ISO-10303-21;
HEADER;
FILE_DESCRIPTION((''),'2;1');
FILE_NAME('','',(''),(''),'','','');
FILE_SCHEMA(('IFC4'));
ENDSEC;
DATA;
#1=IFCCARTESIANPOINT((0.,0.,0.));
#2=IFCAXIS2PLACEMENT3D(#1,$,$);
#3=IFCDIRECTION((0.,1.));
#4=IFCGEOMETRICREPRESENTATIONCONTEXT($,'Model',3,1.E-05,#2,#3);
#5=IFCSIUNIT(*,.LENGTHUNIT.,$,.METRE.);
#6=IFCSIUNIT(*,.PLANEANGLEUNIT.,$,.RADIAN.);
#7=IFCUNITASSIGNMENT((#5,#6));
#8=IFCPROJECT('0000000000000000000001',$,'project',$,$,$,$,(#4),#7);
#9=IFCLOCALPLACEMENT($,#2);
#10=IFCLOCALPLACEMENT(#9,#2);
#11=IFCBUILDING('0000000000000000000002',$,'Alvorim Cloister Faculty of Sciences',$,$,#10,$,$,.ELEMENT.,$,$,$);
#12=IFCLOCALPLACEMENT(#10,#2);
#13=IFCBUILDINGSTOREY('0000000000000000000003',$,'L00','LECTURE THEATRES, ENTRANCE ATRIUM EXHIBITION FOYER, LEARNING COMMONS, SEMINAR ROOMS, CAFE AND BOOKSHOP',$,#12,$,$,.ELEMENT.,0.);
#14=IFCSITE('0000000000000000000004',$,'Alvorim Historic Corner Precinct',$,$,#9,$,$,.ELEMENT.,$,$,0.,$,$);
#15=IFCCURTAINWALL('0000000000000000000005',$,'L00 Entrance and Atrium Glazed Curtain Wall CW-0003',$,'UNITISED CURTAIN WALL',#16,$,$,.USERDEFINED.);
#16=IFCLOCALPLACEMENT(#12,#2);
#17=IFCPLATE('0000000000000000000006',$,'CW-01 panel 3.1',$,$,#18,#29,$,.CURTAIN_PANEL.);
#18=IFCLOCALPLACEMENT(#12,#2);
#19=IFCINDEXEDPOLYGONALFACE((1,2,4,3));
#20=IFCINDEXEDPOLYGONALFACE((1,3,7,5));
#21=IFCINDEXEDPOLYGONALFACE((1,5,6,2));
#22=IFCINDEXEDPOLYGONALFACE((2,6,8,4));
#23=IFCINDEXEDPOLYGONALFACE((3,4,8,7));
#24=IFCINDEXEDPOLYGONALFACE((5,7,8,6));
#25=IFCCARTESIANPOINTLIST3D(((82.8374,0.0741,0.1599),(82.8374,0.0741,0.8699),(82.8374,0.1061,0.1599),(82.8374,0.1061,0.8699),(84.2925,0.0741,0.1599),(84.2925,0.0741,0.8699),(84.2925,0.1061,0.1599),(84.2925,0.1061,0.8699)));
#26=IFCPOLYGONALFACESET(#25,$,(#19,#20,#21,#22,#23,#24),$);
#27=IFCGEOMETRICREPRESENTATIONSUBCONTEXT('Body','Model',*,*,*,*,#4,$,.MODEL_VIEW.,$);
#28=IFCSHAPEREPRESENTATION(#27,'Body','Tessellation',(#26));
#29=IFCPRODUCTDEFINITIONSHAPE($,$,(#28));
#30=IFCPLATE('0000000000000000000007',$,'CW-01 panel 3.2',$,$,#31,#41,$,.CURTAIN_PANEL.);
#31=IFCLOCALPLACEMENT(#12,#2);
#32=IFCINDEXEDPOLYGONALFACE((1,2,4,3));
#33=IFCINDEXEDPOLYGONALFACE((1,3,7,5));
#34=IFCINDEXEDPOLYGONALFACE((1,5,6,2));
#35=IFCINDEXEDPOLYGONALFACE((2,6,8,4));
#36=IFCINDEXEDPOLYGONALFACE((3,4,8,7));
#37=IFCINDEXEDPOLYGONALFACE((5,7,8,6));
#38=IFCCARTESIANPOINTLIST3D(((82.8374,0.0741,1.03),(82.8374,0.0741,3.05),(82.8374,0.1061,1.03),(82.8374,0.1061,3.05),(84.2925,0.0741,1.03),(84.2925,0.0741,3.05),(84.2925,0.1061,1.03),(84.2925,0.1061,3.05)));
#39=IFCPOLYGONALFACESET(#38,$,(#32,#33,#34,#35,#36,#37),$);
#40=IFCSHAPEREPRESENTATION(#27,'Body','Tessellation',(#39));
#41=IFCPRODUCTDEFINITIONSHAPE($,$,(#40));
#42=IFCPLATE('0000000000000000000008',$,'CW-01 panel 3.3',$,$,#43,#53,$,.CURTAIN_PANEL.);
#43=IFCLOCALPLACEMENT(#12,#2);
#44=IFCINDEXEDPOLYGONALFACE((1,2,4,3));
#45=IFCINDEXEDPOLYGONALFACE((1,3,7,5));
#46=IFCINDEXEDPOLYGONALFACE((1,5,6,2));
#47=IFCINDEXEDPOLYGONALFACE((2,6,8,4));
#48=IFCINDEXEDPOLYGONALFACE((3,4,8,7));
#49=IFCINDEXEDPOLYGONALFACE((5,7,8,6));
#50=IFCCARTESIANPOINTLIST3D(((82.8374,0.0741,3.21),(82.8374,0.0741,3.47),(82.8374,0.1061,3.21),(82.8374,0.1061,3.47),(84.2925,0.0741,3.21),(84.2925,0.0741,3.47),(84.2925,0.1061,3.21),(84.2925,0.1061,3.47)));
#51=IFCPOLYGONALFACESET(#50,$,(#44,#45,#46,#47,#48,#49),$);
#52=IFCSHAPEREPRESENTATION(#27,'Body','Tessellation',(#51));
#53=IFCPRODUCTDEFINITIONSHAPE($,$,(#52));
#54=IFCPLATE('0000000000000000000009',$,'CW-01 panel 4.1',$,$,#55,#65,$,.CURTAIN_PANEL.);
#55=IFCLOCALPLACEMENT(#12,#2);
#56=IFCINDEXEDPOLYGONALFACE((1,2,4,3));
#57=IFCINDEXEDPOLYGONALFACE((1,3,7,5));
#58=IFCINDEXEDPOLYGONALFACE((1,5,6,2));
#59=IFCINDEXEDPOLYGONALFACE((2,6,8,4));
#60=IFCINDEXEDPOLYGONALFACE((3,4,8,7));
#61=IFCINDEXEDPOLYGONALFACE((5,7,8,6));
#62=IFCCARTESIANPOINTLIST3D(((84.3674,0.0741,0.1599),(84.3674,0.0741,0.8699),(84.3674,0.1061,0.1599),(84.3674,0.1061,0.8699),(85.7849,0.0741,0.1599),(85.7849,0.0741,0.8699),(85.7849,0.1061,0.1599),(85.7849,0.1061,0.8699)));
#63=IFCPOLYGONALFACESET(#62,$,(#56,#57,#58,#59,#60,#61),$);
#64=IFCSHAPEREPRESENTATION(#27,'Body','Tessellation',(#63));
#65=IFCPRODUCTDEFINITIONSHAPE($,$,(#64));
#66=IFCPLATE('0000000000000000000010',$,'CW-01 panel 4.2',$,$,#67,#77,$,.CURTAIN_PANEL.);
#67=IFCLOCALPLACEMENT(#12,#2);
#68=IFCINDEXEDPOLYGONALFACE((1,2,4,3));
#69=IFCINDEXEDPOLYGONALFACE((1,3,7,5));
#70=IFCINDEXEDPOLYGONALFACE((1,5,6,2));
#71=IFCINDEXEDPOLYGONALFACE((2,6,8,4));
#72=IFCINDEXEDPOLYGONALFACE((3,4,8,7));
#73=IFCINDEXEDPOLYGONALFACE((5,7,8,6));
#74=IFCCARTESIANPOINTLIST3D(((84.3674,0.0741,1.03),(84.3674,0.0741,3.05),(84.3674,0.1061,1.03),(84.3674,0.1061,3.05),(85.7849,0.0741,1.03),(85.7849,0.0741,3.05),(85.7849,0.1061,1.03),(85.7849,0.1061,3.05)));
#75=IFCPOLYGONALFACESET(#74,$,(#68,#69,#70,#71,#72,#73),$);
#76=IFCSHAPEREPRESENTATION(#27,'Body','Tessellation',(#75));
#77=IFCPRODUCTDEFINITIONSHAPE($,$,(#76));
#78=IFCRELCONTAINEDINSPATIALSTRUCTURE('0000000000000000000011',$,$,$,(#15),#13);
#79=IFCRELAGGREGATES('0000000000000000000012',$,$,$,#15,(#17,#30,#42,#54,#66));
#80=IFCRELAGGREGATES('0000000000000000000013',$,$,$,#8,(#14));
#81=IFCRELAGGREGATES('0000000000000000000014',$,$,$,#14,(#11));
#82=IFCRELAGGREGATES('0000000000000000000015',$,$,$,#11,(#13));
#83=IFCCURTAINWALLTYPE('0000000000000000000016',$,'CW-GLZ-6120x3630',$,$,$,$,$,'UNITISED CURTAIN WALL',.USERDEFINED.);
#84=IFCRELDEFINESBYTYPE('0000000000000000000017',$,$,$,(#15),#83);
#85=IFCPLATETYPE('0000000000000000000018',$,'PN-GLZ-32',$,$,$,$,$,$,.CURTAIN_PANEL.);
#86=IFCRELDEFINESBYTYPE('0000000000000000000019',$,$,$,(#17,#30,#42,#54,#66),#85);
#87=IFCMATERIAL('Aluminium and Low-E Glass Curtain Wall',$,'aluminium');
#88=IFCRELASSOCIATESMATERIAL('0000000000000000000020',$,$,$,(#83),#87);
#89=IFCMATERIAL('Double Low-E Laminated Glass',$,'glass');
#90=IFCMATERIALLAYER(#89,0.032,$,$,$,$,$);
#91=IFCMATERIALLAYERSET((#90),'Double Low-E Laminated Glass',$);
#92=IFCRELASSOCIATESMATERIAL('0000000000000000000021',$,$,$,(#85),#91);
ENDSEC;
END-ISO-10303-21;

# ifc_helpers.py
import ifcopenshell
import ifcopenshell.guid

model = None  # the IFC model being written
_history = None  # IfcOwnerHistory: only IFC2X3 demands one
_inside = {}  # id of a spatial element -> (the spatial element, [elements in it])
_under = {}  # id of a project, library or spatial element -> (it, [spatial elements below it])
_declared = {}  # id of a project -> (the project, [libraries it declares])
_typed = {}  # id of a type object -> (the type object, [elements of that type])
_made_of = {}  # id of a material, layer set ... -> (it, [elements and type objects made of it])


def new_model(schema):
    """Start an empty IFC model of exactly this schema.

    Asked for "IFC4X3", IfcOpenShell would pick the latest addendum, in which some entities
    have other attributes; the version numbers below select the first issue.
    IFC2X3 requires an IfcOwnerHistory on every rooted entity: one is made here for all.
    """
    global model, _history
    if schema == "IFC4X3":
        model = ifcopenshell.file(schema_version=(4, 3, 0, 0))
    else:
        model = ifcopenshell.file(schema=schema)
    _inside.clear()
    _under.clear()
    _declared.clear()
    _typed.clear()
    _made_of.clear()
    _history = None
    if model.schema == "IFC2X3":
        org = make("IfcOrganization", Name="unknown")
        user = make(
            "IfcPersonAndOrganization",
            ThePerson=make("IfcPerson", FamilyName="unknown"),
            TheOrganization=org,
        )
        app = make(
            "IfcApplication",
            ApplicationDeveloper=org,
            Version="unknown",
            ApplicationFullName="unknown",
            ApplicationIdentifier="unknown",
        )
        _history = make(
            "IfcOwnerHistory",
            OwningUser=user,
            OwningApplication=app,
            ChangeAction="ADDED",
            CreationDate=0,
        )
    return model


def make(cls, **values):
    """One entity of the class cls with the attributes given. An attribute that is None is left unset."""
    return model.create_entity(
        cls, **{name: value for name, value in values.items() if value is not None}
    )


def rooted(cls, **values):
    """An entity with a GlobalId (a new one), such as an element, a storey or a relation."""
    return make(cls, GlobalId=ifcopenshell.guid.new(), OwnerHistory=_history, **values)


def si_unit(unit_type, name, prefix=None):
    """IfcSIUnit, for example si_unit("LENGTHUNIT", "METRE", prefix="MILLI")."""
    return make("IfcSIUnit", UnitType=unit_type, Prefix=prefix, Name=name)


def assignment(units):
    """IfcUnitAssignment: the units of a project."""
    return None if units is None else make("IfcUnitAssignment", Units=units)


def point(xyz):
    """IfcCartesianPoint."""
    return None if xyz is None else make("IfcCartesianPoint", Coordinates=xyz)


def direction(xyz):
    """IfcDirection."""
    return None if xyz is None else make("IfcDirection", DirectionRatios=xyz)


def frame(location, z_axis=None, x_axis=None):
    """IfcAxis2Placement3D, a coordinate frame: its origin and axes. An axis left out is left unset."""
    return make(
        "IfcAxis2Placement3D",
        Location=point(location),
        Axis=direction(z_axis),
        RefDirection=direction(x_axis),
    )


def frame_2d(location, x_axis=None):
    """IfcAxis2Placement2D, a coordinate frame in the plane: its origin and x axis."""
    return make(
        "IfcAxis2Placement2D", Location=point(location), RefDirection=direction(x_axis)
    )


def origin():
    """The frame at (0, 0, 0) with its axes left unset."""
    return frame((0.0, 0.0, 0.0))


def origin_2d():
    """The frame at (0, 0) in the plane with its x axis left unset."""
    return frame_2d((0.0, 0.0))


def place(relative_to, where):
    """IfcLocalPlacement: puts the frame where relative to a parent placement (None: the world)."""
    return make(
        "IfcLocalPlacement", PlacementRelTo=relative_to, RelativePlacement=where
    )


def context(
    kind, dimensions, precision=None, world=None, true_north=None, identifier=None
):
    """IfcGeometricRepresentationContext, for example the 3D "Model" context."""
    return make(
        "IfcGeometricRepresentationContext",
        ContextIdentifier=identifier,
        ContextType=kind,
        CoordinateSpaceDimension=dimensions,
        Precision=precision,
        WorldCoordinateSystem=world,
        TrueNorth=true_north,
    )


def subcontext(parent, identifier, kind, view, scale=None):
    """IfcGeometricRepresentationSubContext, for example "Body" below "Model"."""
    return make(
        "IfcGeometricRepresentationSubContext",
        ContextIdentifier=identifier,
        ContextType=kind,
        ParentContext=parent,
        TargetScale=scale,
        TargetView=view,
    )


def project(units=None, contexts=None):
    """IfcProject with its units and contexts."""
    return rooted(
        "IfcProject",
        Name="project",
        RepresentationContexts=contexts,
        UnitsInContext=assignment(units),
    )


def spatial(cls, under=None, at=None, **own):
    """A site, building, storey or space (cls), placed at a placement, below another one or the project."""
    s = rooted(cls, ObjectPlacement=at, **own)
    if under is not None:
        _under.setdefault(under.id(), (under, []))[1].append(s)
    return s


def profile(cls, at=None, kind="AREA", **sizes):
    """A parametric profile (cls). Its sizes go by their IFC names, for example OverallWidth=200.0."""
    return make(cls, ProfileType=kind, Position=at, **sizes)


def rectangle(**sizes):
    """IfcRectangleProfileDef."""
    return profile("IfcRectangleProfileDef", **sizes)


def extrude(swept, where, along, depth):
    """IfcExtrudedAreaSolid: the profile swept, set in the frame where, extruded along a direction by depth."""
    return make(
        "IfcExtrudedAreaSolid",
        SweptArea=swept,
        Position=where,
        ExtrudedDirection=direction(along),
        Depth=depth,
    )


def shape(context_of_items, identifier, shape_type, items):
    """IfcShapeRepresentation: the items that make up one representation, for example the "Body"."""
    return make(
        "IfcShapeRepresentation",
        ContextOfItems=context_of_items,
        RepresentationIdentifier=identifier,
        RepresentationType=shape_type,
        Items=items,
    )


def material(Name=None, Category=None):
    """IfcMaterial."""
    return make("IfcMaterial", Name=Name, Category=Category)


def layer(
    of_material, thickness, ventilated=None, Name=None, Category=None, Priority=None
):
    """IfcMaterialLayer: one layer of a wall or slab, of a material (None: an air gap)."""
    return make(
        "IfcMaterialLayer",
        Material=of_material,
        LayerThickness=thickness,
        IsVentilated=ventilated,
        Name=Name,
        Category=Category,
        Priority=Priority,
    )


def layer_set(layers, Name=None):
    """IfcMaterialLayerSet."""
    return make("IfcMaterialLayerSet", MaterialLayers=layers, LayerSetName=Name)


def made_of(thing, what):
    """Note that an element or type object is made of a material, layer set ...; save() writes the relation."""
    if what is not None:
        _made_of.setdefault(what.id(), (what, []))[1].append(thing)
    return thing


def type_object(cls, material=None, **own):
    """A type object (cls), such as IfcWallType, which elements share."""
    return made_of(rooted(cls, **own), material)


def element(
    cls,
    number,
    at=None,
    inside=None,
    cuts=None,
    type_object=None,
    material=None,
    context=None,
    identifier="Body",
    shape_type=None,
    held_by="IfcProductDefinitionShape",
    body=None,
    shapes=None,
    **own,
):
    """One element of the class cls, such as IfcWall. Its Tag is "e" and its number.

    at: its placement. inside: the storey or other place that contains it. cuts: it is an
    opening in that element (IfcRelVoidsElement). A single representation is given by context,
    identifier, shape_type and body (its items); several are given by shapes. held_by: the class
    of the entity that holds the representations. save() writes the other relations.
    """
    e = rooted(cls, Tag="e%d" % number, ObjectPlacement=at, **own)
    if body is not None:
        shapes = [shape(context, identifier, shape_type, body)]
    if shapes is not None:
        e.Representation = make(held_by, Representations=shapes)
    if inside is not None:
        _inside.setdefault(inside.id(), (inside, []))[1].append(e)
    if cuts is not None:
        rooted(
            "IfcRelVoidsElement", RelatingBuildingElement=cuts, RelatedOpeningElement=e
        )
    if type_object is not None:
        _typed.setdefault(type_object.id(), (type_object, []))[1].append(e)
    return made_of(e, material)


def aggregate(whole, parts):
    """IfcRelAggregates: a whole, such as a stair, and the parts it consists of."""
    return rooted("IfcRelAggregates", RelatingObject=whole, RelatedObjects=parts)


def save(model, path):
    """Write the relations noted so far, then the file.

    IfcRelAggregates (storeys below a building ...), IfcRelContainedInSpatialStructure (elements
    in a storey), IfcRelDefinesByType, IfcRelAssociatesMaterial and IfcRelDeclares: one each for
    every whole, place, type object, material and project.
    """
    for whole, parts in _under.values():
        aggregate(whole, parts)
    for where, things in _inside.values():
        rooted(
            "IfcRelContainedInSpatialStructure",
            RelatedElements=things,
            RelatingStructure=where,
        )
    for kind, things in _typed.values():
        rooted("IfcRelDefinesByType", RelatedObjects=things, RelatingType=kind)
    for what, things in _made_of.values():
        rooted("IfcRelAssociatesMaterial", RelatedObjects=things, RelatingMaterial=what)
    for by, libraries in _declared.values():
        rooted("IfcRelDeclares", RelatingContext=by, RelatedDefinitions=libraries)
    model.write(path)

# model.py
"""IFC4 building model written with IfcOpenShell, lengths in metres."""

from ifc_helpers import new_model, si_unit, direction, frame, origin, origin_2d, place, context, subcontext, project, spatial, rectangle, extrude, material, layer, layer_set, type_object, element, aggregate, save


model = new_model("IFC4")

# Units and contexts
model_context = context("Model", 3, precision=1e-05, world=origin(), true_north=direction((0.0, 1.0)))
body_context = subcontext(model_context, "Body", "Model", "MODEL_VIEW")
ifc_project = project(units=[si_unit("LENGTHUNIT", "METRE"), si_unit("PLANEANGLEUNIT", "RADIAN")], contexts=[model_context])

# Site, building, storey
site_placement = place(None, origin())
site = spatial("IfcSite", under=ifc_project, at=site_placement, Name="Alvorim Historic Corner Precinct", CompositionType="ELEMENT", RefElevation=0.0)
building_placement = place(site_placement, origin())
building = spatial("IfcBuilding", under=site, at=building_placement, Name="Alvorim Cloister Faculty of Sciences", CompositionType="ELEMENT")
storey_placement = place(building_placement, origin())
storey = spatial("IfcBuildingStorey", under=building, at=storey_placement, Name="L00", Description="LECTURE THEATRES, ENTRANCE ATRIUM EXHIBITION FOYER, LEARNING COMMONS, SEMINAR ROOMS, CAFE AND BOOKSHOP", CompositionType="ELEMENT", Elevation=0.0)

# Curtain wall, plates
ifc_material_1 = material(Name="Aluminium and Low-E Glass Curtain Wall", Category="aluminium")
curtain_wall_type = type_object("IfcCurtainWallType", Name="CW-GLZ-6120x3630", ElementType="UNITISED CURTAIN WALL", PredefinedType="USERDEFINED", material=ifc_material_1)
curtain_wall_placement = place(storey_placement, origin())
curtain_wall = element("IfcCurtainWall", 1, at=curtain_wall_placement, inside=storey, type_object=curtain_wall_type, Name="L00 Entrance and Atrium Glazed Curtain Wall CW-0003", ObjectType="UNITISED CURTAIN WALL", PredefinedType="USERDEFINED")
ifc_material_2 = material(Name="Double Low-E Laminated Glass", Category="glass")
ifc_layer = layer(ifc_material_2, 0.032)
ifc_layer_set = layer_set([ifc_layer], Name="Double Low-E Laminated Glass")
plate_type = type_object("IfcPlateType", Name="PN-GLZ-32", PredefinedType="CURTAIN_PANEL", material=ifc_layer_set)
plate_1_placement = place(storey_placement, frame((83.5649, 0.0901, 0.1599), z_axis=(0.0, 0.0, 1.0), x_axis=(1.0, 0.0, 0.0)))
plate_1 = element("IfcPlate", 2, at=plate_1_placement, type_object=plate_type, Name="CW-01 panel 3.1", PredefinedType="CURTAIN_PANEL", context=body_context, shape_type="SweptSolid", body=[
    extrude(rectangle(XDim=1.4551, YDim=0.032, at=origin_2d()), origin(), (0.0, 0.0, 1.0), 0.71),
])
plate_2_placement = place(storey_placement, frame((83.5649, 0.0901, 1.03), z_axis=(0.0, 0.0, 1.0), x_axis=(1.0, 0.0, 0.0)))
plate_2 = element("IfcPlate", 3, at=plate_2_placement, type_object=plate_type, Name="CW-01 panel 3.2", PredefinedType="CURTAIN_PANEL", context=body_context, shape_type="SweptSolid", body=[
    extrude(rectangle(XDim=1.4551, YDim=0.032, at=origin_2d()), origin(), (0.0, 0.0, 1.0), 2.02),
])
plate_3_placement = place(storey_placement, frame((83.5649, 0.0901, 3.21), z_axis=(0.0, 0.0, 1.0), x_axis=(1.0, 0.0, 0.0)))
plate_3 = element("IfcPlate", 4, at=plate_3_placement, type_object=plate_type, Name="CW-01 panel 3.3", PredefinedType="CURTAIN_PANEL", context=body_context, shape_type="SweptSolid", body=[
    extrude(rectangle(XDim=1.4551, YDim=0.032, at=origin_2d()), origin(), (0.0, 0.0, 1.0), 0.26),
])
plate_4_placement = place(storey_placement, frame((85.0762, 0.0901, 0.1599), z_axis=(0.0, 0.0, 1.0), x_axis=(1.0, 0.0, 0.0)))
plate_4 = element("IfcPlate", 5, at=plate_4_placement, type_object=plate_type, Name="CW-01 panel 4.1", PredefinedType="CURTAIN_PANEL", context=body_context, shape_type="SweptSolid", body=[
    extrude(rectangle(XDim=1.4175, YDim=0.032, at=origin_2d()), origin(), (0.0, 0.0, 1.0), 0.71),
])
plate_5_placement = place(storey_placement, frame((85.0762, 0.0901, 1.03), z_axis=(0.0, 0.0, 1.0), x_axis=(1.0, 0.0, 0.0)))
plate_5 = element("IfcPlate", 6, at=plate_5_placement, type_object=plate_type, Name="CW-01 panel 4.2", PredefinedType="CURTAIN_PANEL", context=body_context, shape_type="SweptSolid", body=[
    extrude(rectangle(XDim=1.4175, YDim=0.032, at=origin_2d()), origin(), (0.0, 0.0, 1.0), 2.02),
])
aggregate(curtain_wall, [plate_1, plate_2, plate_3, plate_4, plate_5])

save(model, "model.ifc")
